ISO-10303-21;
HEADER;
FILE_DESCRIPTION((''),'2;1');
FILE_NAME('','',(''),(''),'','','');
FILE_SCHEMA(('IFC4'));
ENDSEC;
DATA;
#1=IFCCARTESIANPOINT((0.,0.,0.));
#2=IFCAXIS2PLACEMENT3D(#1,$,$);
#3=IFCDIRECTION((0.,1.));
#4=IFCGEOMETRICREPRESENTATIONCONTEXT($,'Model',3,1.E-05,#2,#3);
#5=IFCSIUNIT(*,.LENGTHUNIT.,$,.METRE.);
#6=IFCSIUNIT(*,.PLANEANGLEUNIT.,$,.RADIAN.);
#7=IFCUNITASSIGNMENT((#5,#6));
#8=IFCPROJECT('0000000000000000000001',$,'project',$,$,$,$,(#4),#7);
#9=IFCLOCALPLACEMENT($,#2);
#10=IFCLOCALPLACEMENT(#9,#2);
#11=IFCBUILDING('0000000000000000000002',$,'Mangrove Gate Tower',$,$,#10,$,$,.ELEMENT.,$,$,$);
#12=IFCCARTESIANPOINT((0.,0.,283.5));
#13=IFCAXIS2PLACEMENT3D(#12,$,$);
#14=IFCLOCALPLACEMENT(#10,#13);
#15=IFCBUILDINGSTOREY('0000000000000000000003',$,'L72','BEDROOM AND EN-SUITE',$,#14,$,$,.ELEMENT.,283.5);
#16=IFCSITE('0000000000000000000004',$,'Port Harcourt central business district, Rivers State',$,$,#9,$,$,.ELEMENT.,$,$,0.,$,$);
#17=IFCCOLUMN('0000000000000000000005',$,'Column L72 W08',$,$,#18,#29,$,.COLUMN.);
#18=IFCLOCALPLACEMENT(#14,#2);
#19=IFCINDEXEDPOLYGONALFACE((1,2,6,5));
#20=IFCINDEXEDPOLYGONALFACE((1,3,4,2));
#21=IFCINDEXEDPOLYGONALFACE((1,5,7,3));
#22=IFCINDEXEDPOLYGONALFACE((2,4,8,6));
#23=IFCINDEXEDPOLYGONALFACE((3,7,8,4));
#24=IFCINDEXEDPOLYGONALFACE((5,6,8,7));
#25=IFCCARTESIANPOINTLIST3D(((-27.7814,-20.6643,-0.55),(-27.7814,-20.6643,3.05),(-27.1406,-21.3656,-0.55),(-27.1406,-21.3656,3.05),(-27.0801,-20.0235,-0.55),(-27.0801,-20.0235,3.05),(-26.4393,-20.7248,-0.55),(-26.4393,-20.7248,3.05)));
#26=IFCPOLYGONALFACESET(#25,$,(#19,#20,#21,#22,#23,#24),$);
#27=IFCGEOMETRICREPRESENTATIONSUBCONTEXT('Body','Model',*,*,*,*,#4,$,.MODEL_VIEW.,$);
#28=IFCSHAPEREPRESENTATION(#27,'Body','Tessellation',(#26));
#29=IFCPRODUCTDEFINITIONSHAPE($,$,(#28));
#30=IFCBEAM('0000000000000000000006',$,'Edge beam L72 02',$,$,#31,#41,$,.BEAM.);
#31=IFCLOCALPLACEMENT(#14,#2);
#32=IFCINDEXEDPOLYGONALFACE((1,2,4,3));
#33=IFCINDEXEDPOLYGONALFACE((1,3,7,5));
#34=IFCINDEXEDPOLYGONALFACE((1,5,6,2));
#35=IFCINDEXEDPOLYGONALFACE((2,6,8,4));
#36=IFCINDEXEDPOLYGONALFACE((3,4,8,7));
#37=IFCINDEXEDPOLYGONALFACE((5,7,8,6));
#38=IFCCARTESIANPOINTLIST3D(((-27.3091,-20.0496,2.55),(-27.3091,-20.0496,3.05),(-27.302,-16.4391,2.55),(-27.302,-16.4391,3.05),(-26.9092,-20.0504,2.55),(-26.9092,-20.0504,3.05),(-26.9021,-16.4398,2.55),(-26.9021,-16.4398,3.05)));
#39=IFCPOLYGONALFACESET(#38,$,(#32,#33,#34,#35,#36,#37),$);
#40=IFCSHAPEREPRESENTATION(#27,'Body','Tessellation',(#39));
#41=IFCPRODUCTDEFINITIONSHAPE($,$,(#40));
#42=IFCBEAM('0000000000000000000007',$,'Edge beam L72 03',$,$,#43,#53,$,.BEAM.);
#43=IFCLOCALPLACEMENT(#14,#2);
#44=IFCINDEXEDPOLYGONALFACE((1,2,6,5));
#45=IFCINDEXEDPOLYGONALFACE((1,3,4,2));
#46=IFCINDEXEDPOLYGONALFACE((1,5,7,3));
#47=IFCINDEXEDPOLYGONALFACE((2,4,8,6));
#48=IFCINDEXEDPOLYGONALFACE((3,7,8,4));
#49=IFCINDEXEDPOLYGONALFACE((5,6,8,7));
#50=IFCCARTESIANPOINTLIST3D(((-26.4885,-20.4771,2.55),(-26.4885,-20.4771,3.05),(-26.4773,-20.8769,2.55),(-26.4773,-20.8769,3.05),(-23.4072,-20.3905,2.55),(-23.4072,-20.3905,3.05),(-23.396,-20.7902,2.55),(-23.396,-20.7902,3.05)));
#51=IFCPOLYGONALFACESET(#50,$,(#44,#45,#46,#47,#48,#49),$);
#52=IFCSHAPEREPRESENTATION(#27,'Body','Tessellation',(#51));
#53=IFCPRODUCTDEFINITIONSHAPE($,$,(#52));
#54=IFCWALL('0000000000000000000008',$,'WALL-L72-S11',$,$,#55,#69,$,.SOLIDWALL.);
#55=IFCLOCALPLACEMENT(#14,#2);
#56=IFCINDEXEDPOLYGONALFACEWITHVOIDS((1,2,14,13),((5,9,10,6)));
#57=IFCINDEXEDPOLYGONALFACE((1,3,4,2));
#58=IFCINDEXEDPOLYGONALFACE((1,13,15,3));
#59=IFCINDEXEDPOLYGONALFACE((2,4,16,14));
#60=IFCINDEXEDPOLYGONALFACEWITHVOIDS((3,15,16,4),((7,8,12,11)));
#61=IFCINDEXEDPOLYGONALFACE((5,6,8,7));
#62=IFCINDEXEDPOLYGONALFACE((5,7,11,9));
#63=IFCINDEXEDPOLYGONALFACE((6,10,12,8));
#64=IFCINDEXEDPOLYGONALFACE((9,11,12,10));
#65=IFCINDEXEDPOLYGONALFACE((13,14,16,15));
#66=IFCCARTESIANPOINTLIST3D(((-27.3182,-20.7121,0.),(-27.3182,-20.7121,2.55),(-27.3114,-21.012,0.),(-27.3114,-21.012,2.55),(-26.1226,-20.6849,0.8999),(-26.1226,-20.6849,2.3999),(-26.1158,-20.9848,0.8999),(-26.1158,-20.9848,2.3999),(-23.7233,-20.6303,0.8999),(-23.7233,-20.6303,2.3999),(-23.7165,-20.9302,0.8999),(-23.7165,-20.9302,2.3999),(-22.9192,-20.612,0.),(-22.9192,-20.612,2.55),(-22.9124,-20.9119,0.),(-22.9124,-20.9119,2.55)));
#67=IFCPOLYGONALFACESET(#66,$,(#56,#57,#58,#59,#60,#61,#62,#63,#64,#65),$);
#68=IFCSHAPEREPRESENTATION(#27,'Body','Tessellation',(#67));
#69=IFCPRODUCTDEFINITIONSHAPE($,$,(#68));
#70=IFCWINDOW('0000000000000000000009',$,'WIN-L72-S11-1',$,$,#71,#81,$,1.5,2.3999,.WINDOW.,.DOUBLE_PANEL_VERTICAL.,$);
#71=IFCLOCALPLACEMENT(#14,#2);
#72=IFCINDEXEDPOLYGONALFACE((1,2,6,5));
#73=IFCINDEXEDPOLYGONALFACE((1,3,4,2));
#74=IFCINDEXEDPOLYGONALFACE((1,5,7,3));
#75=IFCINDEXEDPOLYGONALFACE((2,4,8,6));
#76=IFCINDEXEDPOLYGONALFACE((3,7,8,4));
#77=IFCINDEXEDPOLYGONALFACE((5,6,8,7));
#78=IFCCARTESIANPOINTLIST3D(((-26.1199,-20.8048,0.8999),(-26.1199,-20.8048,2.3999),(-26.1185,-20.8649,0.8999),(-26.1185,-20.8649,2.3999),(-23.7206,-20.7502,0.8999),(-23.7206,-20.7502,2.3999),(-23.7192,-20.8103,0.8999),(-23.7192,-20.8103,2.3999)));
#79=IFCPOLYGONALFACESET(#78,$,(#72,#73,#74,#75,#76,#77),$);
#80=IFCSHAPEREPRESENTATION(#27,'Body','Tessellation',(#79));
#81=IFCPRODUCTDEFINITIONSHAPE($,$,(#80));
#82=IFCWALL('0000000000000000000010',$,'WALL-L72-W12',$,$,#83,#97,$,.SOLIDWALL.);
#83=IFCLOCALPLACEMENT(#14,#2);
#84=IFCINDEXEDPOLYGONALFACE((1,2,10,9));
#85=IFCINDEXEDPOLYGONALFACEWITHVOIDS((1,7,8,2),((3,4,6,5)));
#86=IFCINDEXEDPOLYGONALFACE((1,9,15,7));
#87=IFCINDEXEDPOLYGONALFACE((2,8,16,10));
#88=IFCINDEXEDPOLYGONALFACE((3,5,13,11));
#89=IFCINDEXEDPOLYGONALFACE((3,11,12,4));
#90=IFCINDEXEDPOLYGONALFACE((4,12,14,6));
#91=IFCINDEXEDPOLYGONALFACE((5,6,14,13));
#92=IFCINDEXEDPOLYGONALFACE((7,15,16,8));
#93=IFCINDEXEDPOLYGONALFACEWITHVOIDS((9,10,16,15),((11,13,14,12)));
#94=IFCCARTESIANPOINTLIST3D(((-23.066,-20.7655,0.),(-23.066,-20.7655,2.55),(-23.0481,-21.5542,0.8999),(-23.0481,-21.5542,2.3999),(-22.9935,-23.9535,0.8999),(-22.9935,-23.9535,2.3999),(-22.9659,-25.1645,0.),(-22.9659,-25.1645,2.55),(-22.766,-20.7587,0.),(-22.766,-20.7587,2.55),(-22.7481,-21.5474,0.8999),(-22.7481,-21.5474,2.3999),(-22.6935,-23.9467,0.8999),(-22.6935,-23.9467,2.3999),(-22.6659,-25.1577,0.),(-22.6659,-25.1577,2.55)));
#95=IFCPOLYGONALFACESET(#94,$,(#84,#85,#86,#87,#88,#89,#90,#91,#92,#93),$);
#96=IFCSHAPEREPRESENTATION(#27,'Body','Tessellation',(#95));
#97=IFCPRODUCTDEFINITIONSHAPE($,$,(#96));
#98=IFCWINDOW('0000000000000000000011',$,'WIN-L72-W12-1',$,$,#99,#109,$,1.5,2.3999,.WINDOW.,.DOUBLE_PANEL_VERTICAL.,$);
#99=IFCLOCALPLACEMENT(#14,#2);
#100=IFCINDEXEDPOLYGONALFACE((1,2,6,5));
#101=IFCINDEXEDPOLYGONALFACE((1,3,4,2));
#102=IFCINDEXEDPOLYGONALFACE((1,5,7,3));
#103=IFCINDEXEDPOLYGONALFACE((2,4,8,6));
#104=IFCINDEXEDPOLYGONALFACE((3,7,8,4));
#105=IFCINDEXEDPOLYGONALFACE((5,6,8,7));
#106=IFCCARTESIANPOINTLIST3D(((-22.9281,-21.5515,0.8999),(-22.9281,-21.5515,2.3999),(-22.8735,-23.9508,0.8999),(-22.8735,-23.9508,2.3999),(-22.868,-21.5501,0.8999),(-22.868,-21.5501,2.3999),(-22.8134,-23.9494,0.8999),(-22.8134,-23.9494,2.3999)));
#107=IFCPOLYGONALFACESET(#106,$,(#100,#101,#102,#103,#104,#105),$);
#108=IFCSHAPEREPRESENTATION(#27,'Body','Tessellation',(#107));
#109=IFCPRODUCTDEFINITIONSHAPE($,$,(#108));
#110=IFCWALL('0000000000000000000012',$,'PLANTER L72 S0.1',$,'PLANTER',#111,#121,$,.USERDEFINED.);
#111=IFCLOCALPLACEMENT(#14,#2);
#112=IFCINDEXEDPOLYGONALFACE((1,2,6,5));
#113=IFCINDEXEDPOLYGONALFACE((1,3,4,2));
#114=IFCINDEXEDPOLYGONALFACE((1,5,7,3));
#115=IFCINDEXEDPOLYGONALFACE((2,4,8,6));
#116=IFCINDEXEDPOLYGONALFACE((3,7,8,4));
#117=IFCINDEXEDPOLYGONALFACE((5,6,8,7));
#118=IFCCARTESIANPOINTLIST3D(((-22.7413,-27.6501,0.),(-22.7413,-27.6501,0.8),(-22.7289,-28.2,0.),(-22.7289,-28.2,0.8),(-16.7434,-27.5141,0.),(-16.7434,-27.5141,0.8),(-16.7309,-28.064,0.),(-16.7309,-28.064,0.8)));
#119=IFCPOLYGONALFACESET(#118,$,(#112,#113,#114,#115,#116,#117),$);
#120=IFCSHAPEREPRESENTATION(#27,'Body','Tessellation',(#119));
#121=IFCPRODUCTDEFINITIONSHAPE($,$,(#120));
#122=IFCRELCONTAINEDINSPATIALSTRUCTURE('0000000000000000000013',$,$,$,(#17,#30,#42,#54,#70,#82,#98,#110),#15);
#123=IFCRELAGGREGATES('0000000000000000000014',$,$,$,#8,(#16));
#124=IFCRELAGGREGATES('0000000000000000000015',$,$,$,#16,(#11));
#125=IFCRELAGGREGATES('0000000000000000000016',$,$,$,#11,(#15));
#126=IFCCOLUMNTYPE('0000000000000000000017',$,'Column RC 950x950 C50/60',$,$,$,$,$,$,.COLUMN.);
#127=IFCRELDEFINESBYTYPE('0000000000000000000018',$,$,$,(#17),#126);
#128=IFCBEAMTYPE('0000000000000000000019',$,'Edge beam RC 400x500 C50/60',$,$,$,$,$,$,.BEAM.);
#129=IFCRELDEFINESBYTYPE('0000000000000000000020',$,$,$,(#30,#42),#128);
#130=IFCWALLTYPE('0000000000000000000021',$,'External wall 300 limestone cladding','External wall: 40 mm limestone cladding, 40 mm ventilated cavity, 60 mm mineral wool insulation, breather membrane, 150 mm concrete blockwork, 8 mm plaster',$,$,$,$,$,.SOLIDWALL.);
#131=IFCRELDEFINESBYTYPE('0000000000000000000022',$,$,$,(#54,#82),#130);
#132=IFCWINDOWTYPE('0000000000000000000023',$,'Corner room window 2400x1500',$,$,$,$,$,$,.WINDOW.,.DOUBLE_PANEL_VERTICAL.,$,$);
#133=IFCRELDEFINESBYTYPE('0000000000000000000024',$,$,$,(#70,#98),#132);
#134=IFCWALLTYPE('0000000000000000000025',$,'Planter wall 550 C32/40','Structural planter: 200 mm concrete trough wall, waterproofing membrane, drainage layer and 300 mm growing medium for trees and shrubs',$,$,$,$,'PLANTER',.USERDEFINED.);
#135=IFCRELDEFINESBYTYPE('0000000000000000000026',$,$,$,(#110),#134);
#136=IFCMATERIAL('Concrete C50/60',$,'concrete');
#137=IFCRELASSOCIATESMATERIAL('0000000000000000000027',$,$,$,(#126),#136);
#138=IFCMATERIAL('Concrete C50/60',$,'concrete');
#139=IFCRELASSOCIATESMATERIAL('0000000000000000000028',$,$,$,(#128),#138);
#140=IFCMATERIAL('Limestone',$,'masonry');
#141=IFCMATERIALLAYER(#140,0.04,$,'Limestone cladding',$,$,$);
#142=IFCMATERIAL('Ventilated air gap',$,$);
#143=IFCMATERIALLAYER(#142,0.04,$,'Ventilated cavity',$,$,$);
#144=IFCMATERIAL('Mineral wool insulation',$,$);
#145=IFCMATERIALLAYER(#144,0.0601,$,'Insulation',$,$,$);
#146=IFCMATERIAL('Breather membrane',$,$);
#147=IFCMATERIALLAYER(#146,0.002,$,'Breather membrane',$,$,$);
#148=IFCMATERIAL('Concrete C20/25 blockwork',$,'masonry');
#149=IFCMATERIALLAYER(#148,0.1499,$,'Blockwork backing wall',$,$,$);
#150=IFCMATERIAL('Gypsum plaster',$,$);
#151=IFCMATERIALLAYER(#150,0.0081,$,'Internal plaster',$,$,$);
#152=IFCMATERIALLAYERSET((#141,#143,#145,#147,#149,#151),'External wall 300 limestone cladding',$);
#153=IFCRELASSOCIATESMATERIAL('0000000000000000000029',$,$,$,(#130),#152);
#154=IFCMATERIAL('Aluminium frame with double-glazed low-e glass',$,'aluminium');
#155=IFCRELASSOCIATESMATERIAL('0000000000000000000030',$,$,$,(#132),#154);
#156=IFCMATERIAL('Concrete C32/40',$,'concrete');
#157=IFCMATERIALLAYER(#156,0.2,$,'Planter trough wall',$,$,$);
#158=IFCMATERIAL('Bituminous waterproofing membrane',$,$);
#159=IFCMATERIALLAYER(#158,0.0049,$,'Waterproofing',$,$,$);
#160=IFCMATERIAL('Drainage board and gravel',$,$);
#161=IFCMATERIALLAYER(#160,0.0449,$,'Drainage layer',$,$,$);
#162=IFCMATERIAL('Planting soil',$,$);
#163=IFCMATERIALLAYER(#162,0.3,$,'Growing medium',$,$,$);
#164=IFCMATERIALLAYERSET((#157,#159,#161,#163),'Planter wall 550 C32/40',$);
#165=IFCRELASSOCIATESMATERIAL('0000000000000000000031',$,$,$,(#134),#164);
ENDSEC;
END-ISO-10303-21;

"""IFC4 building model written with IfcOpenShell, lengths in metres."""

from ifc_helpers import new_model, si_unit, direction, frame, frame_2d, origin, origin_2d, place, context, subcontext, project, spatial, rectangle, extrude, material, layer, layer_set, material_profile, profile_set, type_object, element, fill, save


model = new_model("IFC4")

# Units and contexts
model_context = context("Model", 3, precision=1e-05, world=origin(), true_north=direction((0.0, 1.0)))
body_context = subcontext(model_context, "Body", "Model", "MODEL_VIEW")
ifc_project = project(units=[si_unit("LENGTHUNIT", "METRE"), si_unit("PLANEANGLEUNIT", "RADIAN")], contexts=[model_context])

# Site, building, storey
site_placement = place(None, origin())
site = spatial("IfcSite", under=ifc_project, at=site_placement, Name="Port Harcourt central business district, Rivers State", CompositionType="ELEMENT", RefElevation=0.0)
building_placement = place(site_placement, origin())
building = spatial("IfcBuilding", under=site, at=building_placement, Name="Mangrove Gate Tower", CompositionType="ELEMENT")
storey_placement = place(building_placement, frame((0.0, 0.0, 283.5)))
storey = spatial("IfcBuildingStorey", under=building, at=storey_placement, Name="L72", Description="BEDROOM AND EN-SUITE", CompositionType="ELEMENT", Elevation=283.5)

# Column
ifc_material_1 = material(Name="Concrete C50/60", Category="concrete")
ifc_material_profile_1 = material_profile(ifc_material_1, rectangle(XDim=0.95, YDim=0.95, at=origin_2d()))
ifc_profile_set_1 = profile_set([ifc_material_profile_1], Name="Concrete C50/60")
column_type = type_object("IfcColumnType", Name="Column RC 950x950 C50/60", PredefinedType="COLUMN", material=ifc_profile_set_1)
column_placement = place(storey_placement, frame((-27.1104, -20.6946, -0.55), z_axis=(0.0, 0.0, 1.0), x_axis=(0.67456, -0.73822, 0.0)))
element("IfcColumn", 1, at=column_placement, inside=storey, type_object=column_type, Name="Column L72 W08", PredefinedType="COLUMN", context=body_context, shape_type="SweptSolid", body=[
    extrude(rectangle(XDim=0.95, YDim=0.95, at=origin_2d()), origin(), (0.0, 0.0, 1.0), 3.6001),
])

# Beams
ifc_material_2 = material(Name="Concrete C50/60", Category="concrete")
ifc_material_profile_2 = material_profile(ifc_material_2, rectangle(XDim=0.3999, YDim=0.5, at=origin_2d()))
ifc_profile_set_2 = profile_set([ifc_material_profile_2], Name="Concrete C50/60")
beam_type = type_object("IfcBeamType", Name="Edge beam RC 400x500 C50/60", PredefinedType="BEAM", material=ifc_profile_set_2)
beam_1_placement = place(storey_placement, frame((-27.1021, -16.4395, 2.8), z_axis=(-0.001961, -0.999998, 0.0), x_axis=(0.999998, -0.001961, 0.0)))
element("IfcBeam", 2, at=beam_1_placement, inside=storey, type_object=beam_type, Name="Edge beam L72 02", PredefinedType="BEAM", context=body_context, shape_type="SweptSolid", body=[
    extrude(rectangle(XDim=0.3999, YDim=0.5, at=origin_2d()), origin(), (0.0, 0.0, 1.0), 3.6106),
])
beam_2_placement = place(storey_placement, frame((-26.4829, -20.677, 2.8), z_axis=(0.999605, 0.028117, 0.0), x_axis=(-0.028117, 0.999605, 0.0)))
element("IfcBeam", 3, at=beam_2_placement, inside=storey, type_object=beam_type, Name="Edge beam L72 03", PredefinedType="BEAM", context=body_context, shape_type="SweptSolid", body=[
    extrude(rectangle(XDim=0.3999, YDim=0.5, at=origin_2d()), origin(), (0.0, 0.0, 1.0), 3.0825),
])

# Walls, openings, windows
ifc_material_3 = material(Name="Limestone", Category="masonry")
ifc_layer_1 = layer(ifc_material_3, 0.04, Name="Limestone cladding")
ifc_material_4 = material(Name="Ventilated air gap")
ifc_layer_2 = layer(ifc_material_4, 0.04, Name="Ventilated cavity")
ifc_material_5 = material(Name="Mineral wool insulation")
ifc_layer_3 = layer(ifc_material_5, 0.0601, Name="Insulation")
ifc_material_6 = material(Name="Breather membrane")
ifc_layer_4 = layer(ifc_material_6, 0.002, Name="Breather membrane")
ifc_material_7 = material(Name="Concrete C20/25 blockwork", Category="masonry")
ifc_layer_5 = layer(ifc_material_7, 0.1499, Name="Blockwork backing wall")
ifc_material_8 = material(Name="Gypsum plaster")
ifc_layer_6 = layer(ifc_material_8, 0.0081, Name="Internal plaster")
ifc_layer_set_1 = layer_set([ifc_layer_1, ifc_layer_2, ifc_layer_3, ifc_layer_4, ifc_layer_5, ifc_layer_6], Name="External wall 300 limestone cladding")
wall_type_1 = type_object("IfcWallType", Name="External wall 300 limestone cladding", Description="External wall: 40 mm limestone cladding, 40 mm ventilated cavity, 60 mm mineral wool insulation, breather membrane, 150 mm concrete blockwork, 8 mm plaster", PredefinedType="SOLIDWALL", material=ifc_layer_set_1)
wall_1_placement = place(storey_placement, frame((-27.3149, -20.8621, 0.0), z_axis=(0.0, 0.0, 1.0), x_axis=(0.999741, 0.022749, 0.0)))
wall_1 = element("IfcWall", 4, at=wall_1_placement, inside=storey, type_object=wall_type_1, Name="WALL-L72-S11", PredefinedType="SOLIDWALL", context=body_context, shape_type="SweptSolid", body=[
    extrude(rectangle(XDim=4.4001, YDim=0.3, at=frame_2d((2.2002, 0.0))), origin(), (0.0, 0.0, 1.0), 2.55),
])
opening_1_placement = place(wall_1_placement, frame((1.196, 0.0, 0.8999)))
opening_1 = element("IfcOpeningElement", 5, at=opening_1_placement, cuts=wall_1, PredefinedType="OPENING", context=body_context, shape_type="SweptSolid", body=[
    extrude(rectangle(XDim=2.3999, YDim=1.5, at=frame_2d((1.2, 0.75))), frame((0.0, 0.1599, 0.0), z_axis=(0.0, -1.0, 0.0), x_axis=(1.0, 0.0, 0.0)), (0.0, 0.0, 1.0), 0.3201),
])
ifc_material_9 = material(Name="Aluminium frame with double-glazed low-e glass", Category="aluminium")
window_type = type_object("IfcWindowType", Name="Corner room window 2400x1500", PartitioningType="DOUBLE_PANEL_VERTICAL", PredefinedType="WINDOW", material=ifc_material_9)
window_1_placement = place(opening_1_placement, origin())
window_1 = element("IfcWindow", 6, at=window_1_placement, inside=storey, type_object=window_type, Name="WIN-L72-S11-1", OverallHeight=1.5, OverallWidth=2.3999, PartitioningType="DOUBLE_PANEL_VERTICAL", PredefinedType="WINDOW", context=body_context, shape_type="SweptSolid", body=[
    extrude(rectangle(XDim=2.3999, YDim=1.5, at=frame_2d((1.2, 0.75))), frame((0.0, 0.03, 0.0), z_axis=(0.0, -1.0, 0.0), x_axis=(1.0, 0.0, 0.0)), (0.0, 0.0, 1.0), 0.0601),
])
fill(opening_1, window_1)
wall_2_placement = place(storey_placement, frame((-22.916, -20.762, 0.0), z_axis=(0.0, 0.0, 1.0), x_axis=(0.022749, -0.999741, 0.0)))
wall_2 = element("IfcWall", 7, at=wall_2_placement, inside=storey, type_object=wall_type_1, Name="WALL-L72-W12", PredefinedType="SOLIDWALL", context=body_context, shape_type="SweptSolid", body=[
    extrude(rectangle(XDim=4.4001, YDim=0.3, at=frame_2d((2.2002, 0.0))), origin(), (0.0, 0.0, 1.0), 2.55),
])
opening_2_placement = place(wall_2_placement, frame((0.7891, 0.0, 0.8999)))
opening_2 = element("IfcOpeningElement", 8, at=opening_2_placement, cuts=wall_2, PredefinedType="OPENING", context=body_context, shape_type="SweptSolid", body=[
    extrude(rectangle(XDim=2.3999, YDim=1.5, at=frame_2d((1.2, 0.75))), frame((0.0, 0.1599, 0.0), z_axis=(0.0, -1.0, 0.0), x_axis=(1.0, 0.0, 0.0)), (0.0, 0.0, 1.0), 0.3201),
])
window_2_placement = place(opening_2_placement, origin())
window_2 = element("IfcWindow", 9, at=window_2_placement, inside=storey, type_object=window_type, Name="WIN-L72-W12-1", OverallHeight=1.5, OverallWidth=2.3999, PartitioningType="DOUBLE_PANEL_VERTICAL", PredefinedType="WINDOW", context=body_context, shape_type="SweptSolid", body=[
    extrude(rectangle(XDim=2.3999, YDim=1.5, at=frame_2d((1.2, 0.75))), frame((0.0, 0.03, 0.0), z_axis=(0.0, -1.0, 0.0), x_axis=(1.0, 0.0, 0.0)), (0.0, 0.0, 1.0), 0.0601),
])
fill(opening_2, window_2)

# Wall
ifc_material_10 = material(Name="Concrete C32/40", Category="concrete")
ifc_layer_7 = layer(ifc_material_10, 0.2, Name="Planter trough wall")
ifc_material_11 = material(Name="Bituminous waterproofing membrane")
ifc_layer_8 = layer(ifc_material_11, 0.0049, Name="Waterproofing")
ifc_material_12 = material(Name="Drainage board and gravel")
ifc_layer_9 = layer(ifc_material_12, 0.0449, Name="Drainage layer")
ifc_material_13 = material(Name="Planting soil")
ifc_layer_10 = layer(ifc_material_13, 0.3, Name="Growing medium")
ifc_layer_set_2 = layer_set([ifc_layer_7, ifc_layer_8, ifc_layer_9, ifc_layer_10], Name="Planter wall 550 C32/40")
wall_type_2 = type_object("IfcWallType", Name="Planter wall 550 C32/40", Description="Structural planter: 200 mm concrete trough wall, waterproofing membrane, drainage layer and 300 mm growing medium for trees and shrubs", ElementType="PLANTER", PredefinedType="USERDEFINED", material=ifc_layer_set_2)
wall_3_placement = place(storey_placement, frame((-22.7351, -27.925, 0.0), z_axis=(0.0, 0.0, 1.0), x_axis=(0.999743, 0.022666, 0.0)))
element("IfcWall", 10, at=wall_3_placement, inside=storey, type_object=wall_type_2, Name="PLANTER L72 S0.1", ObjectType="PLANTER", PredefinedType="USERDEFINED", context=body_context, shape_type="SweptSolid", body=[
    extrude(rectangle(XDim=5.9995, YDim=0.55, at=frame_2d((2.9998, 0.0))), origin(), (0.0, 0.0, 1.0), 0.8),
])

save(model, "model.ifc")
